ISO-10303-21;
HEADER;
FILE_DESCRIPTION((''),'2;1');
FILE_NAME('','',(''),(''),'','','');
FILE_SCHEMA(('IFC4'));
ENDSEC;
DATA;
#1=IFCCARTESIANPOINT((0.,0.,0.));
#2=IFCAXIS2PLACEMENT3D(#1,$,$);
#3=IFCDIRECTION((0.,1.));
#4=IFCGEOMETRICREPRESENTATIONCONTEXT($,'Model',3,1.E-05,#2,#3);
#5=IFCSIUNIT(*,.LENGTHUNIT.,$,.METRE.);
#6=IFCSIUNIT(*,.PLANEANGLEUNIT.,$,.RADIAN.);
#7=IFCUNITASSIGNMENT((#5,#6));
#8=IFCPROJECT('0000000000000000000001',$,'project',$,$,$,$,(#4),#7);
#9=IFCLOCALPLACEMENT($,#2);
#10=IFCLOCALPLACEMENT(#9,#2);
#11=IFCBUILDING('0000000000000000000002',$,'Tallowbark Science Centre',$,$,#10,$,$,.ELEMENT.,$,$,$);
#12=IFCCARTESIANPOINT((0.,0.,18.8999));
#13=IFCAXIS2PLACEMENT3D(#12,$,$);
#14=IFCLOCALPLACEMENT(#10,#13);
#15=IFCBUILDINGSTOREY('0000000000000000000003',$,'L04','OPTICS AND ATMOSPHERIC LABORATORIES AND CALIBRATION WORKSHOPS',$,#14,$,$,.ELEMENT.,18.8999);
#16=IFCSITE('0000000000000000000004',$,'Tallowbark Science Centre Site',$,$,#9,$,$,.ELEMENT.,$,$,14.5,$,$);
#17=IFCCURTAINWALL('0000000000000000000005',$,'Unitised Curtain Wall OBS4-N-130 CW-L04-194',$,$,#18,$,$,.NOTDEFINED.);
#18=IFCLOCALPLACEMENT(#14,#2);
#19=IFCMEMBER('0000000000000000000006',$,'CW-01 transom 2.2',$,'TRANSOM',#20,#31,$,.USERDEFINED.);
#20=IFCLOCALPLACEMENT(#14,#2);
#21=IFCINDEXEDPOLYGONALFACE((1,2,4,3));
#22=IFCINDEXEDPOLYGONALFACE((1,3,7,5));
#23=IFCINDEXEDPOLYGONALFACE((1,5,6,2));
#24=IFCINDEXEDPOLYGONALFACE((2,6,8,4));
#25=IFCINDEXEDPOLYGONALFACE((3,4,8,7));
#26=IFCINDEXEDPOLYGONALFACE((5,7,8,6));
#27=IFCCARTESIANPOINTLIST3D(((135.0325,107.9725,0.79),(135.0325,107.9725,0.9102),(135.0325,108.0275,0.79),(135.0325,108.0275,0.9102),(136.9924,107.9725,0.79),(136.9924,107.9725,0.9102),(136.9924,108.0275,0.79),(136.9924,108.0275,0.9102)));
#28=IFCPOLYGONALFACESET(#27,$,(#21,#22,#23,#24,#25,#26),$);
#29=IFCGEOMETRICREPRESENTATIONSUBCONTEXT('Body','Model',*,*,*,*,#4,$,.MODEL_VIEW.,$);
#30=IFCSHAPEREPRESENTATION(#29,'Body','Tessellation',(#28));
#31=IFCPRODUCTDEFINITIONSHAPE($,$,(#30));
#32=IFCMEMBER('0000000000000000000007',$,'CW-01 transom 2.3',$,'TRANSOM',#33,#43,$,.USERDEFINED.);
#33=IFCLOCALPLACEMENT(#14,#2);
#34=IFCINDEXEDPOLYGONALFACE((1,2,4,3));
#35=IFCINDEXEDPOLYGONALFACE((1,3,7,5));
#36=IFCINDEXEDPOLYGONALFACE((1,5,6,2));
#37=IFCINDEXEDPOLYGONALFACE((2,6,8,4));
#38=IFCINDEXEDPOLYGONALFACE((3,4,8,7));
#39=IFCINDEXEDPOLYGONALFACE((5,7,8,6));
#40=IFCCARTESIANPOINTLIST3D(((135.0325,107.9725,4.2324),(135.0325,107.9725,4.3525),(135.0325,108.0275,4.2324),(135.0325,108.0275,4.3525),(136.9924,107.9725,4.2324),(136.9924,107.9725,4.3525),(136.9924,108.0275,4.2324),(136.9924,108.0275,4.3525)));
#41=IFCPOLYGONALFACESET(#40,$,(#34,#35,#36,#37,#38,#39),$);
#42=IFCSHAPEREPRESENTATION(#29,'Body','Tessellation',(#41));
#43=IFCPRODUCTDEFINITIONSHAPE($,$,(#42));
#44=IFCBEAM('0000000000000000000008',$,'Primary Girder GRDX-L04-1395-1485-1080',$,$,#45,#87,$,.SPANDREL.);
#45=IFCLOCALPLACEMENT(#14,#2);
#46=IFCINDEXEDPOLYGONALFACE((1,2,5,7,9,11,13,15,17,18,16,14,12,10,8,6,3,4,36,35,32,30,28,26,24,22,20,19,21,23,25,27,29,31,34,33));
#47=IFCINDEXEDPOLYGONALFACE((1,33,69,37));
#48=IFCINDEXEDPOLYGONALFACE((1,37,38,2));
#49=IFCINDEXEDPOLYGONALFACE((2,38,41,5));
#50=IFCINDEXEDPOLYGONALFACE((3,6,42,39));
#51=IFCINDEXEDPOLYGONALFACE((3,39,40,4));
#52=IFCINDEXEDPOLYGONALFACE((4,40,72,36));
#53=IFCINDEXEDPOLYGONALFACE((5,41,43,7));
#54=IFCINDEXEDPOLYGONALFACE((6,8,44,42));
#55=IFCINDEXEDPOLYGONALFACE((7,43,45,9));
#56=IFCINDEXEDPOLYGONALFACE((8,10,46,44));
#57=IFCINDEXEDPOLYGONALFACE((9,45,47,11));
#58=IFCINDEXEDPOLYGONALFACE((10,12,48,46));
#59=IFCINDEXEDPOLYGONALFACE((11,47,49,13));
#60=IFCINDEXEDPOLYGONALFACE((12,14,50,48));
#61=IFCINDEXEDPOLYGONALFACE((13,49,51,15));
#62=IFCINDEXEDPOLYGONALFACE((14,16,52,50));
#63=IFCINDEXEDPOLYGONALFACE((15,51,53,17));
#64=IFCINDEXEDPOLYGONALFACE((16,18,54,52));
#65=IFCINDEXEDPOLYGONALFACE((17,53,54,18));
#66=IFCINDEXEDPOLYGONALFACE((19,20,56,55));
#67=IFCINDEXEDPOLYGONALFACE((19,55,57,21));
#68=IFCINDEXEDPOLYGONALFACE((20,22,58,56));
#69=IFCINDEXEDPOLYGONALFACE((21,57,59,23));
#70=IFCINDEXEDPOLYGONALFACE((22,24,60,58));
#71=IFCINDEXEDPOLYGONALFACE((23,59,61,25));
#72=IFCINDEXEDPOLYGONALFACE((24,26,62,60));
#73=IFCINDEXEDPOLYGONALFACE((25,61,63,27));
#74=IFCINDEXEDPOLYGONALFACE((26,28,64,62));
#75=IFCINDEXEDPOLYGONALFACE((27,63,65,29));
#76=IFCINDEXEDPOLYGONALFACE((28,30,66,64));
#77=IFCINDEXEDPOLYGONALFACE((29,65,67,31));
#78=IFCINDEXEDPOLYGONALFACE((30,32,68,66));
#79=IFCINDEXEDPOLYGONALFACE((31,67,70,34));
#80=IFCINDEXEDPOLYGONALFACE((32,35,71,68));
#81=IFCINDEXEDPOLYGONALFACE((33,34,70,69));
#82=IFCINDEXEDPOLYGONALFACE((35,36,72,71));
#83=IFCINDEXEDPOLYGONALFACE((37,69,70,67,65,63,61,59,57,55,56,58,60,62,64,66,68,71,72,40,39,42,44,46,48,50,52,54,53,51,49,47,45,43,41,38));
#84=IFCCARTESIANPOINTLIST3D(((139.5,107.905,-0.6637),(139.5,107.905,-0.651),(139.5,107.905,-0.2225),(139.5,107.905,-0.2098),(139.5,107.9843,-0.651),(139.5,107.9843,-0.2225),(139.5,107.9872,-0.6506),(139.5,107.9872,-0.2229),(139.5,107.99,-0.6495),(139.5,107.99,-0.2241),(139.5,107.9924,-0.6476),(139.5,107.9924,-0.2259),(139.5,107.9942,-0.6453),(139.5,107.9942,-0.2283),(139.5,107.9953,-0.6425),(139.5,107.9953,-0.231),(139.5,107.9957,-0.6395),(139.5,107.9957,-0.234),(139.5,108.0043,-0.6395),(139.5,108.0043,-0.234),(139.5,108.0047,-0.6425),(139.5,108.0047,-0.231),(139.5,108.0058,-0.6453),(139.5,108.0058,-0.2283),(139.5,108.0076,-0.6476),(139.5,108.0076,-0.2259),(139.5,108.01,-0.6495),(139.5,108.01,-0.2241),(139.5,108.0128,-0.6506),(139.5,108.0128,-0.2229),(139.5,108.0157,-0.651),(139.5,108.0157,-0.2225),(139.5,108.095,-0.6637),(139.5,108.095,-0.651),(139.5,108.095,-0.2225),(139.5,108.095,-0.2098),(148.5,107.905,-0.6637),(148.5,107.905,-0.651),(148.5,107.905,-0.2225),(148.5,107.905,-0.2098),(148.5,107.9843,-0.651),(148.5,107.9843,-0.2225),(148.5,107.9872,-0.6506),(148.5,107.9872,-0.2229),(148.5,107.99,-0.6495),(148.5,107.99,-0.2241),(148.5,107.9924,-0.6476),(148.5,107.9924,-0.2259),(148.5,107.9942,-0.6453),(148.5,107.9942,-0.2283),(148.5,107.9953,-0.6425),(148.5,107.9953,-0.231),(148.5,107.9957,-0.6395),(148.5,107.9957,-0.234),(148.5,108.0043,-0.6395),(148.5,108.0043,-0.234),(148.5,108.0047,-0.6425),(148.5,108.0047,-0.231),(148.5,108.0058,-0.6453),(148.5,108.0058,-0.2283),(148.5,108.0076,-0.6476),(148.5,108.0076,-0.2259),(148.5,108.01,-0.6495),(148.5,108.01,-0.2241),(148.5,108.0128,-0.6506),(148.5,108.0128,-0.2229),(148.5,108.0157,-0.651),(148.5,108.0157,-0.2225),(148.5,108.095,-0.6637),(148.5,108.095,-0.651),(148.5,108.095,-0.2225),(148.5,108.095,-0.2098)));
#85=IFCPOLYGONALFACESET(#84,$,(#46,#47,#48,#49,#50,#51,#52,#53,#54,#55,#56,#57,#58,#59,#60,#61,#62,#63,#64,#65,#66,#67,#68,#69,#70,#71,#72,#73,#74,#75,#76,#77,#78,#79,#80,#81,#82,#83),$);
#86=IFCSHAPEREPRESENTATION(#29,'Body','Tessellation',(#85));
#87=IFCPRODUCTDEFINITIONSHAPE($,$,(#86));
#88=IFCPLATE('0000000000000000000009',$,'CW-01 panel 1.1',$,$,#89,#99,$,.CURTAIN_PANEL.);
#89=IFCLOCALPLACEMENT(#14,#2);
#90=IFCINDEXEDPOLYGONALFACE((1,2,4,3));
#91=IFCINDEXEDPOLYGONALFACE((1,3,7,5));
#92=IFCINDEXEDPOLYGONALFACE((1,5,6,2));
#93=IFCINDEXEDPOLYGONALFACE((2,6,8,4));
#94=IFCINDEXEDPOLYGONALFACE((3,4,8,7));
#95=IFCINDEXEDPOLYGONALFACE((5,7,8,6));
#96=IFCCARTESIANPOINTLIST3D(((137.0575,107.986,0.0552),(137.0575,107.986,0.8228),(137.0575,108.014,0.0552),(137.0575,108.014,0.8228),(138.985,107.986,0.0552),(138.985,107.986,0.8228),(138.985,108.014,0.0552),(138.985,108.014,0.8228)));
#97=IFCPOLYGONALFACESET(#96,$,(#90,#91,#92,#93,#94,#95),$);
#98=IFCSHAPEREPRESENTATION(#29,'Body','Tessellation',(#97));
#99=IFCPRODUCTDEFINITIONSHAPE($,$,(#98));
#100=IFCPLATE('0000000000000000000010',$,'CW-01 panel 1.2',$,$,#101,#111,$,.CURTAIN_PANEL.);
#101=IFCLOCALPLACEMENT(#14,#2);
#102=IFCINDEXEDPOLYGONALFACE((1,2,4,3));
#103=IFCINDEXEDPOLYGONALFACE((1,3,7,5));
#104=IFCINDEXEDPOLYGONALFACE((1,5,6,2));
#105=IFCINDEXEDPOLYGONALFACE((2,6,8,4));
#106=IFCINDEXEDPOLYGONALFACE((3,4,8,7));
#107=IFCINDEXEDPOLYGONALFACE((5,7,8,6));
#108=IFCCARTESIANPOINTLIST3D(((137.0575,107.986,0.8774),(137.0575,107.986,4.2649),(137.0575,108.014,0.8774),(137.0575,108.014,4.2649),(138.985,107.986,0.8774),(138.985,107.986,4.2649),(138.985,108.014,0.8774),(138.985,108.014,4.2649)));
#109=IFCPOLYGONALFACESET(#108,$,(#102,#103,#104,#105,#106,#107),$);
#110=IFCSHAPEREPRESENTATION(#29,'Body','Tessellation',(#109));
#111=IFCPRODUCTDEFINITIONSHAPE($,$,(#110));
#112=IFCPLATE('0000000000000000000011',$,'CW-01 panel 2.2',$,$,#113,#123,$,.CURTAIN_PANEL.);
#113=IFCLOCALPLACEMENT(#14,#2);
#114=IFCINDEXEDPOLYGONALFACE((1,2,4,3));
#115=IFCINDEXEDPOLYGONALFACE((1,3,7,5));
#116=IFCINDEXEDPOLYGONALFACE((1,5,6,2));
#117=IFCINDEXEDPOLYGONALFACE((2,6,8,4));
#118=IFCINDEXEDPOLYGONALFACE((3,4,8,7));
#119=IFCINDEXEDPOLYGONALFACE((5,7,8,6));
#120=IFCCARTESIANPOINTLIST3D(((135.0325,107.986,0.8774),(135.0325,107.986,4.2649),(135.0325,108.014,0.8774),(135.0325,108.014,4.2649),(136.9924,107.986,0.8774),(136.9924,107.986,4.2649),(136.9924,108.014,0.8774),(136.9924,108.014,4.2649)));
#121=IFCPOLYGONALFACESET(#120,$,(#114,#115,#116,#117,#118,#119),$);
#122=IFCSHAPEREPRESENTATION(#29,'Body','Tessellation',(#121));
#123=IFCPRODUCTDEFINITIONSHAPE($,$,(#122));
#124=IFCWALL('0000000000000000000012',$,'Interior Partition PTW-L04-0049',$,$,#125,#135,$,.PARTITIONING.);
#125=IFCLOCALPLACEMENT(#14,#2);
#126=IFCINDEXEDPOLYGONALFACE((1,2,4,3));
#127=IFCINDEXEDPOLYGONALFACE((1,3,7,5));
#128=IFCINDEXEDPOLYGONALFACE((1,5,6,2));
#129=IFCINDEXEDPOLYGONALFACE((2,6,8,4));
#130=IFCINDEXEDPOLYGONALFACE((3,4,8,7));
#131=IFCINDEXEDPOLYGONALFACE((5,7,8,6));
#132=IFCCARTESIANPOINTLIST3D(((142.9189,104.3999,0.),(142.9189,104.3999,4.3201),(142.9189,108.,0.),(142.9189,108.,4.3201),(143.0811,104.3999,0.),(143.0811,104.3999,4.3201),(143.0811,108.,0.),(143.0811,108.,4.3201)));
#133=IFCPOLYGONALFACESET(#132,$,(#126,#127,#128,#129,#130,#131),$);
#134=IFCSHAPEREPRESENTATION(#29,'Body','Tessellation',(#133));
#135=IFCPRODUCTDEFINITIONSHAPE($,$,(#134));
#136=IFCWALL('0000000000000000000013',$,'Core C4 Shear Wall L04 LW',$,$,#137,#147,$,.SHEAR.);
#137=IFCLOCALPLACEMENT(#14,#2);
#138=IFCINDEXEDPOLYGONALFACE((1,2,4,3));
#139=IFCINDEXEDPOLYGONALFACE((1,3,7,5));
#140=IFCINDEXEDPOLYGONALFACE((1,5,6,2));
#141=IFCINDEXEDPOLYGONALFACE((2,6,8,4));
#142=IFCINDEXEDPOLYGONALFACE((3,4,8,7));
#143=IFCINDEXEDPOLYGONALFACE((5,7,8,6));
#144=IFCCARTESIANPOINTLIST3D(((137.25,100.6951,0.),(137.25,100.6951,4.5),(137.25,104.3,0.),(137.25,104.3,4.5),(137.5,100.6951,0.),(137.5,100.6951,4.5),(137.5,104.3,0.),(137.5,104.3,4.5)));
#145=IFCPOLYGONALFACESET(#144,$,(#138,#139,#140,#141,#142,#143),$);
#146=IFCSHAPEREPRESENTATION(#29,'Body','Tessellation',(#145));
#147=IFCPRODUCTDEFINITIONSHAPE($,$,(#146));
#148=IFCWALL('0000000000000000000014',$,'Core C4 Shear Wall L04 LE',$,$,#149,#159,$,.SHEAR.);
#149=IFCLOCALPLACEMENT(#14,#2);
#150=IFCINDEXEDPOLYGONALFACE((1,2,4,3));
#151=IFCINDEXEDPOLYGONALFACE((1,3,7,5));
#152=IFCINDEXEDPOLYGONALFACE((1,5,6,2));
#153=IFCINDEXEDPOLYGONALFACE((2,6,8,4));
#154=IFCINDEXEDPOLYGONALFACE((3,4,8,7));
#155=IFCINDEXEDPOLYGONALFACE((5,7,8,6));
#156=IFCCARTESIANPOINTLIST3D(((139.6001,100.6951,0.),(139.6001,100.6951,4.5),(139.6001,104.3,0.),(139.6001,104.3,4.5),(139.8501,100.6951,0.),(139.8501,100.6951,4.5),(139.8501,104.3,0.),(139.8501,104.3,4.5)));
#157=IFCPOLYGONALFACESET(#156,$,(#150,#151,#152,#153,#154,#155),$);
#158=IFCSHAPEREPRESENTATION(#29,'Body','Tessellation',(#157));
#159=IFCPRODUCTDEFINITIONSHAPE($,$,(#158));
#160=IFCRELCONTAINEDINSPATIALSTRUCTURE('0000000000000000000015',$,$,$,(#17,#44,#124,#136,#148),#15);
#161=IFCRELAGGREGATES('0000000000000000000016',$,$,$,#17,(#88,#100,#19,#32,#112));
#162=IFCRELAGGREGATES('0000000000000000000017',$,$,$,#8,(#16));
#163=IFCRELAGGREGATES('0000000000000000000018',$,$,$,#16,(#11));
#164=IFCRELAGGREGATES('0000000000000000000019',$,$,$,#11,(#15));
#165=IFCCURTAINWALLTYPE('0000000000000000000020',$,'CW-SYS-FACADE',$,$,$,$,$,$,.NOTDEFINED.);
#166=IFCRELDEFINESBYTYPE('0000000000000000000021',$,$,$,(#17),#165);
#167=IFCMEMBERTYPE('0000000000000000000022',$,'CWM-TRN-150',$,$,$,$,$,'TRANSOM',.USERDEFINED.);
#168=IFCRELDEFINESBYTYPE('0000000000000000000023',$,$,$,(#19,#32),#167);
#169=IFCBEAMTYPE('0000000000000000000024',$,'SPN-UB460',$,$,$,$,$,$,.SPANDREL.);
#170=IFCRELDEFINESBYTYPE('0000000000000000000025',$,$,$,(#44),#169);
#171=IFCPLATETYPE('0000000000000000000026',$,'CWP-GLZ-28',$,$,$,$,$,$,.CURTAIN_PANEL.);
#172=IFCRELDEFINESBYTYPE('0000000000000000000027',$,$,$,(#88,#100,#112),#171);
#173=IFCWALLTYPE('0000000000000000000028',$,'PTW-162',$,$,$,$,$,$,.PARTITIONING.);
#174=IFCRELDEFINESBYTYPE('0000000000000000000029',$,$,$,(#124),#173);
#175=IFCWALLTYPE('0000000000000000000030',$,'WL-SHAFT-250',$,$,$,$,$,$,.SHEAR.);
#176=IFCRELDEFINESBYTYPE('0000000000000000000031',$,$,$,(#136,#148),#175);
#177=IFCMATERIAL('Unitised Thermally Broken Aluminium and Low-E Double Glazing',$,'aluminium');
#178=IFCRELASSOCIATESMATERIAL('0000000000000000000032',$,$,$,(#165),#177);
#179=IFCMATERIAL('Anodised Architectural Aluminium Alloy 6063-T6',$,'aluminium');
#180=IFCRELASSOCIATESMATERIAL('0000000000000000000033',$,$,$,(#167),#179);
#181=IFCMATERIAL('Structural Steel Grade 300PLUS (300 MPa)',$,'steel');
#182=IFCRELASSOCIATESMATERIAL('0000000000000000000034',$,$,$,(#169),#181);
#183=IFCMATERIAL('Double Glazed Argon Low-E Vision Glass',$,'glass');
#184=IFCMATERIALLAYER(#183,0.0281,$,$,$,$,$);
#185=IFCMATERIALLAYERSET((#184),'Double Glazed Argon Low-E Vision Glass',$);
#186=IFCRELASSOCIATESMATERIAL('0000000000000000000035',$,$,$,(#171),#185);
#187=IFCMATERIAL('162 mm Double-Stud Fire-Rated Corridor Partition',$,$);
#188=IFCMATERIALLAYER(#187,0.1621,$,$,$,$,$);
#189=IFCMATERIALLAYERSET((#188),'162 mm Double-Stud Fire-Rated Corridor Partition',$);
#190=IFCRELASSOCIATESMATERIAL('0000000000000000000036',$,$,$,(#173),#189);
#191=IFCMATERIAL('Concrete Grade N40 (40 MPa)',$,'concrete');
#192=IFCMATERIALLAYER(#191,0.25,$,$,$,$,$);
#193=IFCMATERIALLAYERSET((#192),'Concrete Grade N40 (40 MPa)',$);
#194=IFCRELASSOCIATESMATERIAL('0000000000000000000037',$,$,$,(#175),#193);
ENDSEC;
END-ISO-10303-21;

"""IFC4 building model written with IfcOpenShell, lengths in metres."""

from ifc_helpers import new_model, si_unit, direction, frame, frame_2d, origin, origin_2d, place, context, subcontext, project, spatial, rectangle, i_section, extrude, material, layer, layer_set, material_profile, profile_set, type_object, element, aggregate, save


model = new_model("IFC4")

# Units and contexts
model_context = context("Model", 3, precision=1e-05, world=origin(), true_north=direction((0.0, 1.0)))
body_context = subcontext(model_context, "Body", "Model", "MODEL_VIEW")
ifc_project = project(units=[si_unit("LENGTHUNIT", "METRE"), si_unit("PLANEANGLEUNIT", "RADIAN")], contexts=[model_context])

# Site, building, storey
site_placement = place(None, origin())
site = spatial("IfcSite", under=ifc_project, at=site_placement, Name="Tallowbark Science Centre Site", CompositionType="ELEMENT", RefElevation=14.5)
building_placement = place(site_placement, origin())
building = spatial("IfcBuilding", under=site, at=building_placement, Name="Tallowbark Science Centre", CompositionType="ELEMENT")
storey_placement = place(building_placement, frame((0.0, 0.0, 18.8999)))
storey = spatial("IfcBuildingStorey", under=building, at=storey_placement, Name="L04", Description="OPTICS AND ATMOSPHERIC LABORATORIES AND CALIBRATION WORKSHOPS", CompositionType="ELEMENT", Elevation=18.8999)

# Shared definitions
ifc_material_1 = material(Name="Structural Steel Grade 300PLUS (300 MPa)", Category="steel")

# Curtain wall
ifc_material_2 = material(Name="Unitised Thermally Broken Aluminium and Low-E Double Glazing", Category="aluminium")
curtain_wall_type = type_object("IfcCurtainWallType", Name="CW-SYS-FACADE", PredefinedType="NOTDEFINED", material=ifc_material_2)
curtain_wall_1_placement = place(storey_placement, origin())
curtain_wall_1 = element("IfcCurtainWall", 1, at=curtain_wall_1_placement, inside=storey, type_object=curtain_wall_type, Name="Unitised Curtain Wall OBS4-N-130 CW-L04-194", PredefinedType="NOTDEFINED")
ifc_material_3 = material(Name="Anodised Architectural Aluminium Alloy 6063-T6", Category="aluminium")

# Members
ifc_material_profile_1 = material_profile(ifc_material_3, rectangle(XDim=0.0549, YDim=0.1201, at=origin_2d()), Name="ALU55x120")
ifc_profile_set_1 = profile_set([ifc_material_profile_1], Name="Anodised Architectural Aluminium Alloy 6063-T6")
member_type_1 = type_object("IfcMemberType", Name="CWM-TRN-150", ElementType="TRANSOM", PredefinedType="USERDEFINED", material=ifc_profile_set_1)
member_1_placement = place(storey_placement, frame((136.9924, 108.0, 0.8501), z_axis=(-1.0, 0.0, 0.0), x_axis=(0.0, -1.0, 0.0)))
member_1 = element("IfcMember", 2, at=member_1_placement, type_object=member_type_1, Name="CW-01 transom 2.2", ObjectType="TRANSOM", PredefinedType="USERDEFINED", context=body_context, shape_type="SweptSolid", body=[
    extrude(rectangle(XDim=0.0549, YDim=0.1201, at=origin_2d()), origin(), (0.0, 0.0, 1.0), 1.96),
])
member_2_placement = place(storey_placement, frame((136.9924, 108.0, 4.2925), z_axis=(-1.0, 0.0, 0.0), x_axis=(0.0, -1.0, 0.0)))
member_2 = element("IfcMember", 3, at=member_2_placement, type_object=member_type_1, Name="CW-01 transom 2.3", ObjectType="TRANSOM", PredefinedType="USERDEFINED", context=body_context, shape_type="SweptSolid", body=[
    extrude(rectangle(XDim=0.0549, YDim=0.1201, at=origin_2d()), origin(), (0.0, 0.0, 1.0), 1.96),
])

# Beam
ifc_material_profile_2 = material_profile(ifc_material_1, i_section(OverallWidth=0.1899, OverallDepth=0.4539, WebThickness=0.0085, FlangeThickness=0.0127, FilletRadius=0.0115, at=origin_2d()), Name="460UB67.1")
ifc_profile_set_2 = profile_set([ifc_material_profile_2], Name="Structural Steel Grade 300PLUS (300 MPa)")
beam_type_1 = type_object("IfcBeamType", Name="SPN-UB460", PredefinedType="SPANDREL", material=ifc_profile_set_2)
beam_1_placement = place(storey_placement, frame((139.5, 108.0, -0.4368), z_axis=(1.0, 0.0, 0.0), x_axis=(0.0, 1.0, 0.0)))
element("IfcBeam", 4, at=beam_1_placement, inside=storey, type_object=beam_type_1, Name="Primary Girder GRDX-L04-1395-1485-1080", PredefinedType="SPANDREL", context=body_context, shape_type="SweptSolid", body=[
    extrude(i_section(OverallWidth=0.1899, OverallDepth=0.4539, WebThickness=0.0085, FlangeThickness=0.0127, FilletRadius=0.0115, at=origin_2d()), origin(), (0.0, 0.0, 1.0), 9.0),
])

# Plates
ifc_material_4 = material(Name="Double Glazed Argon Low-E Vision Glass", Category="glass")
ifc_layer_1 = layer(ifc_material_4, 0.0281)
ifc_layer_set_1 = layer_set([ifc_layer_1], Name="Double Glazed Argon Low-E Vision Glass")
plate_type = type_object("IfcPlateType", Name="CWP-GLZ-28", PredefinedType="CURTAIN_PANEL", material=ifc_layer_set_1)
plate_1_placement = place(storey_placement, frame((138.0212, 108.0, 0.0552), z_axis=(0.0, 0.0, 1.0), x_axis=(-1.0, 0.0, 0.0)))
plate_1 = element("IfcPlate", 5, at=plate_1_placement, type_object=plate_type, Name="CW-01 panel 1.1", PredefinedType="CURTAIN_PANEL", context=body_context, shape_type="SweptSolid", body=[
    extrude(rectangle(XDim=1.9275, YDim=0.0281, at=origin_2d()), origin(), (0.0, 0.0, 1.0), 0.7676),
])
plate_2_placement = place(storey_placement, frame((138.0212, 108.0, 0.8774), z_axis=(0.0, 0.0, 1.0), x_axis=(-1.0, 0.0, 0.0)))
plate_2 = element("IfcPlate", 6, at=plate_2_placement, type_object=plate_type, Name="CW-01 panel 1.2", PredefinedType="CURTAIN_PANEL", context=body_context, shape_type="SweptSolid", body=[
    extrude(rectangle(XDim=1.9275, YDim=0.0281, at=origin_2d()), origin(), (0.0, 0.0, 1.0), 3.3875),
])
plate_3_placement = place(storey_placement, frame((136.0125, 108.0, 0.8774), z_axis=(0.0, 0.0, 1.0), x_axis=(-1.0, 0.0, 0.0)))
plate_3 = element("IfcPlate", 7, at=plate_3_placement, type_object=plate_type, Name="CW-01 panel 2.2", PredefinedType="CURTAIN_PANEL", context=body_context, shape_type="SweptSolid", body=[
    extrude(rectangle(XDim=1.96, YDim=0.0281, at=origin_2d()), origin(), (0.0, 0.0, 1.0), 3.3875),
])
aggregate(curtain_wall_1, [plate_1, plate_2, member_1, member_2, plate_3])

# Walls
ifc_material_5 = material(Name="162 mm Double-Stud Fire-Rated Corridor Partition")
ifc_layer_2 = layer(ifc_material_5, 0.1621)
ifc_layer_set_2 = layer_set([ifc_layer_2], Name="162 mm Double-Stud Fire-Rated Corridor Partition")
wall_type_1 = type_object("IfcWallType", Name="PTW-162", PredefinedType="PARTITIONING", material=ifc_layer_set_2)
wall_placement = place(storey_placement, frame((143.0, 104.3999, 0.0), z_axis=(0.0, 0.0, 1.0), x_axis=(0.0, 1.0, 0.0)))
element("IfcWall", 8, at=wall_placement, inside=storey, type_object=wall_type_1, Name="Interior Partition PTW-L04-0049", PredefinedType="PARTITIONING", context=body_context, shape_type="SweptSolid", body=[
    extrude(rectangle(XDim=3.6001, YDim=0.1621, at=frame_2d((1.8, 0.0))), origin(), (0.0, 0.0, 1.0), 4.3201),
])
ifc_material_6 = material(Name="Concrete Grade N40 (40 MPa)", Category="concrete")
ifc_layer_3 = layer(ifc_material_6, 0.25)
ifc_layer_set_3 = layer_set([ifc_layer_3], Name="Concrete Grade N40 (40 MPa)")
wall_type_2 = type_object("IfcWallType", Name="WL-SHAFT-250", PredefinedType="SHEAR", material=ifc_layer_set_3)
for number, where, z_axis, x_axis, name in (
    (9, (137.375, 100.6951, 0.0), (0.0, 0.0, 1.0), (0.0, 1.0, 0.0), "Core C4 Shear Wall L04 LW"),
    (10, (139.7251, 100.6951, 0.0), (0.0, 0.0, 1.0), (0.0, 1.0, 0.0), "Core C4 Shear Wall L04 LE"),
):
    element("IfcWall", number, at=place(storey_placement, frame(where, z_axis=z_axis, x_axis=x_axis)), inside=storey, type_object=wall_type_2, Name=name, PredefinedType="SHEAR", context=body_context, shape_type="SweptSolid", body=[
        extrude(rectangle(XDim=3.605, YDim=0.25, at=frame_2d((1.8025, 0.0))), origin(), (0.0, 0.0, 1.0), 4.5),
    ])

save(model, "model.ifc")
